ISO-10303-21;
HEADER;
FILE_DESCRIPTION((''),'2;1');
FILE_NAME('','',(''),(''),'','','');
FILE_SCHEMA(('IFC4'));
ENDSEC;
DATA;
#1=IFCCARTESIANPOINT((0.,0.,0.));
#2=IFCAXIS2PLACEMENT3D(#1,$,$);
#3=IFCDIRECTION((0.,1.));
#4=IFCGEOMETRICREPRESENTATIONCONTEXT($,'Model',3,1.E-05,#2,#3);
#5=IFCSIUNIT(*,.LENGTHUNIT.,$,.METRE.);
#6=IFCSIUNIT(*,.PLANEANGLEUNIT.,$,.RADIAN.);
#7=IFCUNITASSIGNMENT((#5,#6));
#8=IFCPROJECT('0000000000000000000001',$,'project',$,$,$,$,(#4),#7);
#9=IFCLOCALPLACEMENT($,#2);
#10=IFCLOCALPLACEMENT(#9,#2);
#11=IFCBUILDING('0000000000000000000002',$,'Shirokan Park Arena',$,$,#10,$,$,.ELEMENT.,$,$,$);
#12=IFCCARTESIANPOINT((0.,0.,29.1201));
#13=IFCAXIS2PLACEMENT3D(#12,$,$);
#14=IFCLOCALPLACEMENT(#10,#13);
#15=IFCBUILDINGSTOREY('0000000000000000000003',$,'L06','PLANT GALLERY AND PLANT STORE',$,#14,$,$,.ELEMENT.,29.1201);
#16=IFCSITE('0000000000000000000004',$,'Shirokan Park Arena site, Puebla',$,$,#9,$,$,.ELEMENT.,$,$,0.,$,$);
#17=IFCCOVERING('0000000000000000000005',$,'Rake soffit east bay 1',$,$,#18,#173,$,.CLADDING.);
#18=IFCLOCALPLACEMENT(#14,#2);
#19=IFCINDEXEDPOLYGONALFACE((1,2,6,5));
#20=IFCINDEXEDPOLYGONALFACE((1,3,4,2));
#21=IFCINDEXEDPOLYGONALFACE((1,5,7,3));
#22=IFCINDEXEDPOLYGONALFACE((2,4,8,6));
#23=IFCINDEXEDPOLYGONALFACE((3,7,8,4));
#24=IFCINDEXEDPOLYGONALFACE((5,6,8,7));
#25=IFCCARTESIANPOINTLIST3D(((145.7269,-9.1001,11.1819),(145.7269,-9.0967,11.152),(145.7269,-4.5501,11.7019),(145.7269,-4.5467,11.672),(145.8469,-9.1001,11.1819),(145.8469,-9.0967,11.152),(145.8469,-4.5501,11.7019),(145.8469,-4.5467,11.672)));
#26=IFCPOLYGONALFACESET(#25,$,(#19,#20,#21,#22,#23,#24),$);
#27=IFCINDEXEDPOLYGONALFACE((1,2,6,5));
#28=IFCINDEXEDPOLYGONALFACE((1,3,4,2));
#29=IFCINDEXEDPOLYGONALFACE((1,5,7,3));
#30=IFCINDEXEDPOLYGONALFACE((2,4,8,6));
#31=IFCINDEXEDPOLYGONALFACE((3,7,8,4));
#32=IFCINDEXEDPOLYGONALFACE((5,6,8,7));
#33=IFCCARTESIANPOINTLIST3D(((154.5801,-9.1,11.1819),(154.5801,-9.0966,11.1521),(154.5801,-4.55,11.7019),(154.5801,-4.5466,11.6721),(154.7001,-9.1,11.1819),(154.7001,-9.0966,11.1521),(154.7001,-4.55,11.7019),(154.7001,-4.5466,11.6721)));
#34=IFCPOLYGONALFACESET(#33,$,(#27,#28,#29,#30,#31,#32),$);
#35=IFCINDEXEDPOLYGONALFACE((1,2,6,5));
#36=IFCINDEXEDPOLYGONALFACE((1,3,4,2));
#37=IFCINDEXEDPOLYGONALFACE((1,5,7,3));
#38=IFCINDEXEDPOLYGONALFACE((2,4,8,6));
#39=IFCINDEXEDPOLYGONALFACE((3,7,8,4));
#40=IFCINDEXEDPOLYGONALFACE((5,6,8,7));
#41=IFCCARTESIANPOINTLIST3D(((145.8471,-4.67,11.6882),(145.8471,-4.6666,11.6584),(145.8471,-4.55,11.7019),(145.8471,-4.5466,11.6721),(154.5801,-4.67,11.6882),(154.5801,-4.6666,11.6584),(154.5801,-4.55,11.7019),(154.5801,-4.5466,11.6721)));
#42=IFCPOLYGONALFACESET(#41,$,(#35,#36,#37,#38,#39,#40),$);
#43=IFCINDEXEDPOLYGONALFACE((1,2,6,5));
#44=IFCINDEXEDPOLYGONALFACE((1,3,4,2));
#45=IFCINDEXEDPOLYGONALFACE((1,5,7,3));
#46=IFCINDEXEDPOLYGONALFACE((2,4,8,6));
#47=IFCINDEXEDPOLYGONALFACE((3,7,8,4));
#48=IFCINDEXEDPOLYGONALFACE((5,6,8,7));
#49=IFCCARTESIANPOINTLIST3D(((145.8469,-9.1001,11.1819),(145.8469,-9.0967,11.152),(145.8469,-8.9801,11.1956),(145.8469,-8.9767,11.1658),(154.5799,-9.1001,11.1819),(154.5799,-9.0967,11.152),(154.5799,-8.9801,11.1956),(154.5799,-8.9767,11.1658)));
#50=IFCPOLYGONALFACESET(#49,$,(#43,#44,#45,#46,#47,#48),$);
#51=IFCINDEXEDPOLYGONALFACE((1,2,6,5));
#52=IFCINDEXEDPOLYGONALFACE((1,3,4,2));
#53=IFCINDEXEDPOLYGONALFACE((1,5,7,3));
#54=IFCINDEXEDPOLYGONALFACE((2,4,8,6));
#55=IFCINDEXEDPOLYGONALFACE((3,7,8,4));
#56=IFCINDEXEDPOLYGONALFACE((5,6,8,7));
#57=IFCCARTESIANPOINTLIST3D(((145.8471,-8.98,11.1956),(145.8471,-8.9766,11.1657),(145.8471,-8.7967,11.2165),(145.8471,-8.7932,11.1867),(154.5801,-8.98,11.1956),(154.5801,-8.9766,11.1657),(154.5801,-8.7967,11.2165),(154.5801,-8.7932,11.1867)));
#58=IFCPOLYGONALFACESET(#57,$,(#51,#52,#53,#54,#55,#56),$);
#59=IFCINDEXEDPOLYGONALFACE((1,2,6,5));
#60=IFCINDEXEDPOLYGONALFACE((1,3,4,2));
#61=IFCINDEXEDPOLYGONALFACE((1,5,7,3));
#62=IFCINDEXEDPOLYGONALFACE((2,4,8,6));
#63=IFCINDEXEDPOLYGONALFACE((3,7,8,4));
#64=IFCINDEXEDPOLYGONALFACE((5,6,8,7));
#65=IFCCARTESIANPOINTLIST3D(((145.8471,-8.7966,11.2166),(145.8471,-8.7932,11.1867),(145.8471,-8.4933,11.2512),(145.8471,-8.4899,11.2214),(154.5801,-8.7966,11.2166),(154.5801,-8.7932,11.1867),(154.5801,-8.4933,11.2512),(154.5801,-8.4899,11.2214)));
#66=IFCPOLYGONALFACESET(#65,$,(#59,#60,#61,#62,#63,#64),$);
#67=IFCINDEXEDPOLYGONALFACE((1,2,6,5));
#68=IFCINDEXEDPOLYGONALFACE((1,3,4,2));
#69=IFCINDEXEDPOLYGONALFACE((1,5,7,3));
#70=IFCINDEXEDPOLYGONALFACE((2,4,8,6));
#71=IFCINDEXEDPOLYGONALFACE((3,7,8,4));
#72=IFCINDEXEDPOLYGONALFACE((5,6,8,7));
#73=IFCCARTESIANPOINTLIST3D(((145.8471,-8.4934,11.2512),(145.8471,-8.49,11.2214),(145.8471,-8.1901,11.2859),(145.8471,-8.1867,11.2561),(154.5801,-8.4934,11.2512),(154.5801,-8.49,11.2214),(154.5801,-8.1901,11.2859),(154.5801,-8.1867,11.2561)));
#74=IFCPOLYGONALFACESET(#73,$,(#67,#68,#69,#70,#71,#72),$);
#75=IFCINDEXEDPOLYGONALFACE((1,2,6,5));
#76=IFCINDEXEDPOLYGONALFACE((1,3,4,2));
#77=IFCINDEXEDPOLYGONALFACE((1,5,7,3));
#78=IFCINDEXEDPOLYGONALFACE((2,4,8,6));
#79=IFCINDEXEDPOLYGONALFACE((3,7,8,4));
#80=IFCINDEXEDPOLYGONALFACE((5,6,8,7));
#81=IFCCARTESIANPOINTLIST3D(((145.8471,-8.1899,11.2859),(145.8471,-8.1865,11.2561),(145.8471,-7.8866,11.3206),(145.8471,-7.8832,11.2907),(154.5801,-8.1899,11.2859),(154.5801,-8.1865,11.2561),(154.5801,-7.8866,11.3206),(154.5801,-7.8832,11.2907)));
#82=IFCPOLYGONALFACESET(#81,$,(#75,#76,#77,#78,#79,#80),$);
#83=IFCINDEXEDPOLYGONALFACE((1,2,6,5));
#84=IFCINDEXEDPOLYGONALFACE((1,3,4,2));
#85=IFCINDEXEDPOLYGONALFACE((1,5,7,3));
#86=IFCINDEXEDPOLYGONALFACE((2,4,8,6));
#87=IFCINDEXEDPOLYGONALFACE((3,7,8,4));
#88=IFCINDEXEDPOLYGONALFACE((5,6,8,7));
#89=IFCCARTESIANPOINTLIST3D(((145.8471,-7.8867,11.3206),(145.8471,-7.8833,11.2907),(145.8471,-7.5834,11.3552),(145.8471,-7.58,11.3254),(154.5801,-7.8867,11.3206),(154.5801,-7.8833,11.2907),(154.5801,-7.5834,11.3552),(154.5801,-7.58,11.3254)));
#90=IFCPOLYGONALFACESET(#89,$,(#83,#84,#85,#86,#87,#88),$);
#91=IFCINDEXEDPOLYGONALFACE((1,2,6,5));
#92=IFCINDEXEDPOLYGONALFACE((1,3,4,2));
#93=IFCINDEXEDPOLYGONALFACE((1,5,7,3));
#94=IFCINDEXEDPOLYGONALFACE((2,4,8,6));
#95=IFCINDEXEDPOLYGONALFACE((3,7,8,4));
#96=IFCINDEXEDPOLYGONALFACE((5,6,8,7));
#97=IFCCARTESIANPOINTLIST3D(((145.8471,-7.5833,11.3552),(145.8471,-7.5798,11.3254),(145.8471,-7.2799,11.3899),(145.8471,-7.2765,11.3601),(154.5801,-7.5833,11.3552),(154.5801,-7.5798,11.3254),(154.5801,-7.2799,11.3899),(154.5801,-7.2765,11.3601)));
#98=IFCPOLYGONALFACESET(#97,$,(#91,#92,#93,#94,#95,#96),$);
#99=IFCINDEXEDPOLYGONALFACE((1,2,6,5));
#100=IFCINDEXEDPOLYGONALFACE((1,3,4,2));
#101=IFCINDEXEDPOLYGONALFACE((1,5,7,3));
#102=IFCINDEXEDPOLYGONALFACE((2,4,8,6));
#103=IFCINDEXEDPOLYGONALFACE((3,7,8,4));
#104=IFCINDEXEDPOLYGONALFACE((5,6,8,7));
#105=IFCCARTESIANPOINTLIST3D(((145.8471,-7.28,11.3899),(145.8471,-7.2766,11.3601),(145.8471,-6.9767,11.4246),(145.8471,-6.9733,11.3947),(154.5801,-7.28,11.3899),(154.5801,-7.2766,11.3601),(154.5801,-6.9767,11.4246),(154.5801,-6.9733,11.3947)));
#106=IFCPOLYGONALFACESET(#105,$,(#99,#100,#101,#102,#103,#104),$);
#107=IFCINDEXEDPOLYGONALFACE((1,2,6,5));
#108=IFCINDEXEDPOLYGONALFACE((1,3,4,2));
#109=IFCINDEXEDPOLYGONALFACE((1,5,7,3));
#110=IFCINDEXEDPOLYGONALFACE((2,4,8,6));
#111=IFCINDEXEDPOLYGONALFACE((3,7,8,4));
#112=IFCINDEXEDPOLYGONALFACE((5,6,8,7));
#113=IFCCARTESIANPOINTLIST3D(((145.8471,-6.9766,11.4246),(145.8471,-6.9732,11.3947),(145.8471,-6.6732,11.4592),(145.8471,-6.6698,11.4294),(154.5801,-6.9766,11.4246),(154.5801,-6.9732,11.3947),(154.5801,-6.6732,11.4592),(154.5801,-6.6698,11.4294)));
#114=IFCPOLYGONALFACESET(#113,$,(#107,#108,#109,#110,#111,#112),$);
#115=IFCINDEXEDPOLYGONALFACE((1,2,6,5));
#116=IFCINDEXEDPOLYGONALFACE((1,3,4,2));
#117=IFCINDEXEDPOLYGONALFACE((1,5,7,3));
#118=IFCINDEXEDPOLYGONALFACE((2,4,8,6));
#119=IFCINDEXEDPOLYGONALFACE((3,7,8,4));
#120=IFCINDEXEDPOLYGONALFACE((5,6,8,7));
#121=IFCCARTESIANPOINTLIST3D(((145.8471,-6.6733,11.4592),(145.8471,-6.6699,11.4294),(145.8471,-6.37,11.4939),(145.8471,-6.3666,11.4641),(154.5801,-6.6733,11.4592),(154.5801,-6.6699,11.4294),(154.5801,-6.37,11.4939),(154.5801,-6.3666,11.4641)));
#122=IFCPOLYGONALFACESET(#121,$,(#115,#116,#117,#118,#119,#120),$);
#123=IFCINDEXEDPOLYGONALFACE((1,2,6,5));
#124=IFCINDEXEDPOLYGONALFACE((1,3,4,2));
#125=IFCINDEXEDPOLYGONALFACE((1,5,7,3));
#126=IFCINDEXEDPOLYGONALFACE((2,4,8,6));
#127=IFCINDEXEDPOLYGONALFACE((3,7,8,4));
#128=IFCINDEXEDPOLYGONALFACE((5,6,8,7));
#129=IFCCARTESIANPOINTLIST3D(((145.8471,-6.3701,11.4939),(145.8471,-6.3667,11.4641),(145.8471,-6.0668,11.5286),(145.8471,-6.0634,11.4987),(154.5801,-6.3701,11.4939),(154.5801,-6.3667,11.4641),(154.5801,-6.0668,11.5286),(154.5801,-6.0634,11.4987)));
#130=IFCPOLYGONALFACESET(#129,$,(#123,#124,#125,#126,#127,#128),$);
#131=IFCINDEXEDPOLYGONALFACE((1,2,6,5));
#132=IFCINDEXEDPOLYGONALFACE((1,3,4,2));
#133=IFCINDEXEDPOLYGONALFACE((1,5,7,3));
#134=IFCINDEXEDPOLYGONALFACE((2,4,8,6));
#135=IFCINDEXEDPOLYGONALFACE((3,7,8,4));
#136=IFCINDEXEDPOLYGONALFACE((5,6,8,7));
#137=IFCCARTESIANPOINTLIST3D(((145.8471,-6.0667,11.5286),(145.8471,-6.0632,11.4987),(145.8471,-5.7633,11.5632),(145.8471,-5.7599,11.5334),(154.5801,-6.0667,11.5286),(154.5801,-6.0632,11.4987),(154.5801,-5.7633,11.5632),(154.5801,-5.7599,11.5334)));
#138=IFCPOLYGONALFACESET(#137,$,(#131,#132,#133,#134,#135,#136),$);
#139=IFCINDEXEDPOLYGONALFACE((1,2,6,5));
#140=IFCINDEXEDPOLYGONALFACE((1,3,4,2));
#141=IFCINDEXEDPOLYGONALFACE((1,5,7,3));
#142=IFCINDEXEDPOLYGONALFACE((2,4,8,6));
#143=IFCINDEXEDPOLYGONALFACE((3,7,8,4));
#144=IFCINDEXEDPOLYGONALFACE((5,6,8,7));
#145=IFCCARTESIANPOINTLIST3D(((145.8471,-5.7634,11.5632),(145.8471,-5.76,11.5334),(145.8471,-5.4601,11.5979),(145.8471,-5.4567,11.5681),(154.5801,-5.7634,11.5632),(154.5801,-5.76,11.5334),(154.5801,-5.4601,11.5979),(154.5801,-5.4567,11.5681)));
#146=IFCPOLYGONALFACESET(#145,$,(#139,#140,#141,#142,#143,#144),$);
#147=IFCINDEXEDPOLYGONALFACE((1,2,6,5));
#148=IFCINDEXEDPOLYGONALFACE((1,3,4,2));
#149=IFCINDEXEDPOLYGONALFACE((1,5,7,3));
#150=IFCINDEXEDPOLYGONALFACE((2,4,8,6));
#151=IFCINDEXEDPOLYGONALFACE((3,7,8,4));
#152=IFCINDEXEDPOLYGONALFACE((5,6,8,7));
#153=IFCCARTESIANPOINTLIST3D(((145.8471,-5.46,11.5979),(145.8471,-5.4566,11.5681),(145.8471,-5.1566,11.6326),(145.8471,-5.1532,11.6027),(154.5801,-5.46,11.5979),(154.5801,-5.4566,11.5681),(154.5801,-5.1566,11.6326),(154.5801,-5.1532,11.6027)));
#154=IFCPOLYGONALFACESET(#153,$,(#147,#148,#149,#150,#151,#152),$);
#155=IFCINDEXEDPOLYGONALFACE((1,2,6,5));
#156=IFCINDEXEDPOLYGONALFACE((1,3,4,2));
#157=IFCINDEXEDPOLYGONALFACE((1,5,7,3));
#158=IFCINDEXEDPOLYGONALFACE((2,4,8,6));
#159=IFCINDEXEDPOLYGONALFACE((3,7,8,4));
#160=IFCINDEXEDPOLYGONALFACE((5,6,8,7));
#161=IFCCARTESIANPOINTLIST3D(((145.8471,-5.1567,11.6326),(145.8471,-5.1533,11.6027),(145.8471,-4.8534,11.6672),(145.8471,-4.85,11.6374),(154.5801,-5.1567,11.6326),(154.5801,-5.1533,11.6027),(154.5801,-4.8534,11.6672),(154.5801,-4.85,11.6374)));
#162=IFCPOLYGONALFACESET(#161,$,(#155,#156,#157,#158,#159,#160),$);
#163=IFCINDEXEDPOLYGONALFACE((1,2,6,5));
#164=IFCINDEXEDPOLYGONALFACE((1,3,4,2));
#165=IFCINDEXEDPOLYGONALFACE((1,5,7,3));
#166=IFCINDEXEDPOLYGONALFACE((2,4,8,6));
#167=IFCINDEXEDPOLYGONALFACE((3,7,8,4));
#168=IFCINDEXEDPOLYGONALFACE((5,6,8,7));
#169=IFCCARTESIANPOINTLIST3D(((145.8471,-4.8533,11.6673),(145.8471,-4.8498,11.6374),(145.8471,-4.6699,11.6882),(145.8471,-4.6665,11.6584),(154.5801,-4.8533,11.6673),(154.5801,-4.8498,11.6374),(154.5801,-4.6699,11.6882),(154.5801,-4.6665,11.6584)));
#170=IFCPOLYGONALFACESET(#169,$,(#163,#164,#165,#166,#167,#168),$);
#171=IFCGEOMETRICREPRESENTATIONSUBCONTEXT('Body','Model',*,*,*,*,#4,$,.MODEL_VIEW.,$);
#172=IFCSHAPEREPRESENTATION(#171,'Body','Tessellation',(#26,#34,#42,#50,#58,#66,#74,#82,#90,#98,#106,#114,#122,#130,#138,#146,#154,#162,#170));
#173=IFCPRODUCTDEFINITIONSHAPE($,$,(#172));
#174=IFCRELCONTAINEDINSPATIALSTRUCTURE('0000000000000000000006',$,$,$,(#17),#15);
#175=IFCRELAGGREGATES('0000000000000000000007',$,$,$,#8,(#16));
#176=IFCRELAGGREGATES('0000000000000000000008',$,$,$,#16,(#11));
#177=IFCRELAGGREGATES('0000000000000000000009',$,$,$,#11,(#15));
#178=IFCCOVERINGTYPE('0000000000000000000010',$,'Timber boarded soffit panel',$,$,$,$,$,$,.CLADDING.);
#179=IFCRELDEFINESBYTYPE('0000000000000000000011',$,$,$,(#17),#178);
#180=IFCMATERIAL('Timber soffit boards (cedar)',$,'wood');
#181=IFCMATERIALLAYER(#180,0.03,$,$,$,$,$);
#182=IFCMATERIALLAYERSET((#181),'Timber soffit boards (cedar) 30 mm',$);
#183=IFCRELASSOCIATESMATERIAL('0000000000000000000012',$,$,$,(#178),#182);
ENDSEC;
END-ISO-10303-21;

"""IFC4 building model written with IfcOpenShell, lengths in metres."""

from ifc_helpers import new_model, si_unit, direction, frame, origin, place, context, subcontext, project, spatial, polyline, outline, extrude, material, layer, layer_set, type_object, element, save


model = new_model("IFC4")

# Units and contexts
model_context = context("Model", 3, precision=1e-05, world=origin(), true_north=direction((0.0, 1.0)))
body_context = subcontext(model_context, "Body", "Model", "MODEL_VIEW")
ifc_project = project(units=[si_unit("LENGTHUNIT", "METRE"), si_unit("PLANEANGLEUNIT", "RADIAN")], contexts=[model_context])

# Site, building, storey
site_placement = place(None, origin())
site = spatial("IfcSite", under=ifc_project, at=site_placement, Name="Shirokan Park Arena site, Puebla", CompositionType="ELEMENT", RefElevation=0.0)
building_placement = place(site_placement, origin())
building = spatial("IfcBuilding", under=site, at=building_placement, Name="Shirokan Park Arena", CompositionType="ELEMENT")
storey_placement = place(building_placement, frame((0.0, 0.0, 29.1201)))
storey = spatial("IfcBuildingStorey", under=building, at=storey_placement, Name="L06", Description="PLANT GALLERY AND PLANT STORE", CompositionType="ELEMENT", Elevation=29.1201)

# Covering
ifc_material = material(Name="Timber soffit boards (cedar)", Category="wood")
ifc_layer = layer(ifc_material, 0.03)
ifc_layer_set = layer_set([ifc_layer], Name="Timber soffit boards (cedar) 30 mm")
covering_type = type_object("IfcCoveringType", Name="Timber boarded soffit panel", PredefinedType="CLADDING", material=ifc_layer_set)
covering_1_placement = place(storey_placement, origin())
element("IfcCovering", 1, at=covering_1_placement, inside=storey, type_object=covering_type, Name="Rake soffit east bay 1", PredefinedType="CLADDING", context=body_context, shape_type="SweptSolid", body=[
    extrude(outline(polyline([(0.0, 0.0), (0.12, 0.0), (0.12, -4.5796), (0.0, -4.5796), (0.0, 0.0)])), frame((145.8469, -9.1001, 11.1819), z_axis=(0.0, -0.113547, 0.993533), x_axis=(-1.0, 0.0, 0.0)), (0.0, 0.0, -1.0), 0.03),
    extrude(outline(polyline([(0.0, 0.0), (0.12, 0.0), (0.12, -4.5796), (0.0, -4.5796), (0.0, 0.0)])), frame((154.5801, -4.55, 11.7019), z_axis=(0.0, -0.113547, 0.993533), x_axis=(1.0, 0.0, 0.0)), (0.0, 0.0, -1.0), 0.03),
    extrude(outline(polyline([(0.0, 0.0), (0.1208, 0.0), (0.1208, -8.733), (0.0, -8.733), (0.0, 0.0)])), frame((154.5801, -4.55, 11.7019), z_axis=(0.0, -0.113512, 0.993537), x_axis=(0.0, -0.993537, -0.113512)), (0.0, 0.0, -1.0), 0.03),
    extrude(outline(polyline([(0.0, 0.0), (0.1208, 0.0), (0.1208, -8.733), (0.0, -8.733), (0.0, 0.0)])), frame((145.8469, -9.1001, 11.1819), z_axis=(0.0, -0.113512, 0.993537), x_axis=(0.0, 0.993537, 0.113512)), (0.0, 0.0, -1.0), 0.03),
    extrude(outline(polyline([(0.0, 0.0), (8.733, 0.0), (8.733, -0.1845), (0.0, -0.1845), (0.0, 0.0)])), frame((154.5801, -8.98, 11.1956), z_axis=(0.0, -0.113589, 0.993528), x_axis=(-1.0, 0.0, 0.0)), (0.0, 0.0, -1.0), 0.03),
    extrude(outline(polyline([(0.0, 0.0), (8.733, 0.0), (8.733, -0.3053), (0.0, -0.3053), (0.0, 0.0)])), frame((154.5801, -8.7966, 11.2166), z_axis=(0.0, -0.113523, 0.993535), x_axis=(-1.0, 0.0, 0.0)), (0.0, 0.0, -1.0), 0.03),
    extrude(outline(polyline([(0.0, 0.0), (8.733, 0.0), (8.733, -0.3053), (0.0, -0.3053), (0.0, 0.0)])), frame((154.5801, -8.4934, 11.2512), z_axis=(0.0, -0.113559, 0.993531), x_axis=(-1.0, 0.0, 0.0)), (0.0, 0.0, -1.0), 0.03),
    extrude(outline(polyline([(0.0, 0.0), (8.733, 0.0), (8.733, -0.3053), (0.0, -0.3053), (0.0, 0.0)])), frame((154.5801, -8.1899, 11.2859), z_axis=(0.0, -0.113559, 0.993531), x_axis=(-1.0, 0.0, 0.0)), (0.0, 0.0, -1.0), 0.03),
    extrude(outline(polyline([(0.0, 0.0), (8.733, 0.0), (8.733, -0.3053), (0.0, -0.3053), (0.0, 0.0)])), frame((154.5801, -7.8867, 11.3206), z_axis=(0.0, -0.113523, 0.993535), x_axis=(-1.0, 0.0, 0.0)), (0.0, 0.0, -1.0), 0.03),
    extrude(outline(polyline([(0.0, 0.0), (8.733, 0.0), (8.733, -0.3053), (0.0, -0.3053), (0.0, 0.0)])), frame((154.5801, -7.5833, 11.3552), z_axis=(0.0, -0.113559, 0.993531), x_axis=(-1.0, 0.0, 0.0)), (0.0, 0.0, -1.0), 0.03),
    extrude(outline(polyline([(0.0, 0.0), (8.733, 0.0), (8.733, -0.3053), (0.0, -0.3053), (0.0, 0.0)])), frame((154.5801, -7.28, 11.3899), z_axis=(0.0, -0.113559, 0.993531), x_axis=(-1.0, 0.0, 0.0)), (0.0, 0.0, -1.0), 0.03),
    extrude(outline(polyline([(0.0, 0.0), (8.733, 0.0), (8.733, -0.3053), (0.0, -0.3053), (0.0, 0.0)])), frame((154.5801, -6.9766, 11.4246), z_axis=(0.0, -0.113523, 0.993535), x_axis=(-1.0, 0.0, 0.0)), (0.0, 0.0, -1.0), 0.03),
    extrude(outline(polyline([(0.0, 0.0), (8.733, 0.0), (8.733, -0.3053), (0.0, -0.3053), (0.0, 0.0)])), frame((154.5801, -6.6733, 11.4592), z_axis=(0.0, -0.113559, 0.993531), x_axis=(-1.0, 0.0, 0.0)), (0.0, 0.0, -1.0), 0.03),
    extrude(outline(polyline([(0.0, 0.0), (8.733, 0.0), (8.733, -0.3053), (0.0, -0.3053), (0.0, 0.0)])), frame((154.5801, -6.3701, 11.4939), z_axis=(0.0, -0.113559, 0.993531), x_axis=(-1.0, 0.0, 0.0)), (0.0, 0.0, -1.0), 0.03),
    extrude(outline(polyline([(0.0, 0.0), (8.733, 0.0), (8.733, -0.3053), (0.0, -0.3053), (0.0, 0.0)])), frame((154.5801, -6.0667, 11.5286), z_axis=(0.0, -0.113523, 0.993535), x_axis=(-1.0, 0.0, 0.0)), (0.0, 0.0, -1.0), 0.03),
    extrude(outline(polyline([(0.0, 0.0), (8.733, 0.0), (8.733, -0.3053), (0.0, -0.3053), (0.0, 0.0)])), frame((154.5801, -5.7634, 11.5632), z_axis=(0.0, -0.113559, 0.993531), x_axis=(-1.0, 0.0, 0.0)), (0.0, 0.0, -1.0), 0.03),
    extrude(outline(polyline([(0.0, 0.0), (8.733, 0.0), (8.733, -0.3053), (0.0, -0.3053), (0.0, 0.0)])), frame((154.5801, -5.46, 11.5979), z_axis=(0.0, -0.113559, 0.993531), x_axis=(-1.0, 0.0, 0.0)), (0.0, 0.0, -1.0), 0.03),
    extrude(outline(polyline([(0.0, 0.0), (8.733, 0.0), (8.733, -0.3053), (0.0, -0.3053), (0.0, 0.0)])), frame((154.5801, -5.1567, 11.6326), z_axis=(0.0, -0.113523, 0.993535), x_axis=(-1.0, 0.0, 0.0)), (0.0, 0.0, -1.0), 0.03),
    extrude(outline(polyline([(0.0, 0.0), (0.1845, 0.0), (0.1845, -8.733), (0.0, -8.733), (0.0, 0.0)])), frame((154.5801, -4.6699, 11.6882), z_axis=(0.0, -0.113589, 0.993528), x_axis=(0.0, -0.993528, -0.113589)), (0.0, 0.0, -1.0), 0.03),
])

save(model, "model.ifc")
